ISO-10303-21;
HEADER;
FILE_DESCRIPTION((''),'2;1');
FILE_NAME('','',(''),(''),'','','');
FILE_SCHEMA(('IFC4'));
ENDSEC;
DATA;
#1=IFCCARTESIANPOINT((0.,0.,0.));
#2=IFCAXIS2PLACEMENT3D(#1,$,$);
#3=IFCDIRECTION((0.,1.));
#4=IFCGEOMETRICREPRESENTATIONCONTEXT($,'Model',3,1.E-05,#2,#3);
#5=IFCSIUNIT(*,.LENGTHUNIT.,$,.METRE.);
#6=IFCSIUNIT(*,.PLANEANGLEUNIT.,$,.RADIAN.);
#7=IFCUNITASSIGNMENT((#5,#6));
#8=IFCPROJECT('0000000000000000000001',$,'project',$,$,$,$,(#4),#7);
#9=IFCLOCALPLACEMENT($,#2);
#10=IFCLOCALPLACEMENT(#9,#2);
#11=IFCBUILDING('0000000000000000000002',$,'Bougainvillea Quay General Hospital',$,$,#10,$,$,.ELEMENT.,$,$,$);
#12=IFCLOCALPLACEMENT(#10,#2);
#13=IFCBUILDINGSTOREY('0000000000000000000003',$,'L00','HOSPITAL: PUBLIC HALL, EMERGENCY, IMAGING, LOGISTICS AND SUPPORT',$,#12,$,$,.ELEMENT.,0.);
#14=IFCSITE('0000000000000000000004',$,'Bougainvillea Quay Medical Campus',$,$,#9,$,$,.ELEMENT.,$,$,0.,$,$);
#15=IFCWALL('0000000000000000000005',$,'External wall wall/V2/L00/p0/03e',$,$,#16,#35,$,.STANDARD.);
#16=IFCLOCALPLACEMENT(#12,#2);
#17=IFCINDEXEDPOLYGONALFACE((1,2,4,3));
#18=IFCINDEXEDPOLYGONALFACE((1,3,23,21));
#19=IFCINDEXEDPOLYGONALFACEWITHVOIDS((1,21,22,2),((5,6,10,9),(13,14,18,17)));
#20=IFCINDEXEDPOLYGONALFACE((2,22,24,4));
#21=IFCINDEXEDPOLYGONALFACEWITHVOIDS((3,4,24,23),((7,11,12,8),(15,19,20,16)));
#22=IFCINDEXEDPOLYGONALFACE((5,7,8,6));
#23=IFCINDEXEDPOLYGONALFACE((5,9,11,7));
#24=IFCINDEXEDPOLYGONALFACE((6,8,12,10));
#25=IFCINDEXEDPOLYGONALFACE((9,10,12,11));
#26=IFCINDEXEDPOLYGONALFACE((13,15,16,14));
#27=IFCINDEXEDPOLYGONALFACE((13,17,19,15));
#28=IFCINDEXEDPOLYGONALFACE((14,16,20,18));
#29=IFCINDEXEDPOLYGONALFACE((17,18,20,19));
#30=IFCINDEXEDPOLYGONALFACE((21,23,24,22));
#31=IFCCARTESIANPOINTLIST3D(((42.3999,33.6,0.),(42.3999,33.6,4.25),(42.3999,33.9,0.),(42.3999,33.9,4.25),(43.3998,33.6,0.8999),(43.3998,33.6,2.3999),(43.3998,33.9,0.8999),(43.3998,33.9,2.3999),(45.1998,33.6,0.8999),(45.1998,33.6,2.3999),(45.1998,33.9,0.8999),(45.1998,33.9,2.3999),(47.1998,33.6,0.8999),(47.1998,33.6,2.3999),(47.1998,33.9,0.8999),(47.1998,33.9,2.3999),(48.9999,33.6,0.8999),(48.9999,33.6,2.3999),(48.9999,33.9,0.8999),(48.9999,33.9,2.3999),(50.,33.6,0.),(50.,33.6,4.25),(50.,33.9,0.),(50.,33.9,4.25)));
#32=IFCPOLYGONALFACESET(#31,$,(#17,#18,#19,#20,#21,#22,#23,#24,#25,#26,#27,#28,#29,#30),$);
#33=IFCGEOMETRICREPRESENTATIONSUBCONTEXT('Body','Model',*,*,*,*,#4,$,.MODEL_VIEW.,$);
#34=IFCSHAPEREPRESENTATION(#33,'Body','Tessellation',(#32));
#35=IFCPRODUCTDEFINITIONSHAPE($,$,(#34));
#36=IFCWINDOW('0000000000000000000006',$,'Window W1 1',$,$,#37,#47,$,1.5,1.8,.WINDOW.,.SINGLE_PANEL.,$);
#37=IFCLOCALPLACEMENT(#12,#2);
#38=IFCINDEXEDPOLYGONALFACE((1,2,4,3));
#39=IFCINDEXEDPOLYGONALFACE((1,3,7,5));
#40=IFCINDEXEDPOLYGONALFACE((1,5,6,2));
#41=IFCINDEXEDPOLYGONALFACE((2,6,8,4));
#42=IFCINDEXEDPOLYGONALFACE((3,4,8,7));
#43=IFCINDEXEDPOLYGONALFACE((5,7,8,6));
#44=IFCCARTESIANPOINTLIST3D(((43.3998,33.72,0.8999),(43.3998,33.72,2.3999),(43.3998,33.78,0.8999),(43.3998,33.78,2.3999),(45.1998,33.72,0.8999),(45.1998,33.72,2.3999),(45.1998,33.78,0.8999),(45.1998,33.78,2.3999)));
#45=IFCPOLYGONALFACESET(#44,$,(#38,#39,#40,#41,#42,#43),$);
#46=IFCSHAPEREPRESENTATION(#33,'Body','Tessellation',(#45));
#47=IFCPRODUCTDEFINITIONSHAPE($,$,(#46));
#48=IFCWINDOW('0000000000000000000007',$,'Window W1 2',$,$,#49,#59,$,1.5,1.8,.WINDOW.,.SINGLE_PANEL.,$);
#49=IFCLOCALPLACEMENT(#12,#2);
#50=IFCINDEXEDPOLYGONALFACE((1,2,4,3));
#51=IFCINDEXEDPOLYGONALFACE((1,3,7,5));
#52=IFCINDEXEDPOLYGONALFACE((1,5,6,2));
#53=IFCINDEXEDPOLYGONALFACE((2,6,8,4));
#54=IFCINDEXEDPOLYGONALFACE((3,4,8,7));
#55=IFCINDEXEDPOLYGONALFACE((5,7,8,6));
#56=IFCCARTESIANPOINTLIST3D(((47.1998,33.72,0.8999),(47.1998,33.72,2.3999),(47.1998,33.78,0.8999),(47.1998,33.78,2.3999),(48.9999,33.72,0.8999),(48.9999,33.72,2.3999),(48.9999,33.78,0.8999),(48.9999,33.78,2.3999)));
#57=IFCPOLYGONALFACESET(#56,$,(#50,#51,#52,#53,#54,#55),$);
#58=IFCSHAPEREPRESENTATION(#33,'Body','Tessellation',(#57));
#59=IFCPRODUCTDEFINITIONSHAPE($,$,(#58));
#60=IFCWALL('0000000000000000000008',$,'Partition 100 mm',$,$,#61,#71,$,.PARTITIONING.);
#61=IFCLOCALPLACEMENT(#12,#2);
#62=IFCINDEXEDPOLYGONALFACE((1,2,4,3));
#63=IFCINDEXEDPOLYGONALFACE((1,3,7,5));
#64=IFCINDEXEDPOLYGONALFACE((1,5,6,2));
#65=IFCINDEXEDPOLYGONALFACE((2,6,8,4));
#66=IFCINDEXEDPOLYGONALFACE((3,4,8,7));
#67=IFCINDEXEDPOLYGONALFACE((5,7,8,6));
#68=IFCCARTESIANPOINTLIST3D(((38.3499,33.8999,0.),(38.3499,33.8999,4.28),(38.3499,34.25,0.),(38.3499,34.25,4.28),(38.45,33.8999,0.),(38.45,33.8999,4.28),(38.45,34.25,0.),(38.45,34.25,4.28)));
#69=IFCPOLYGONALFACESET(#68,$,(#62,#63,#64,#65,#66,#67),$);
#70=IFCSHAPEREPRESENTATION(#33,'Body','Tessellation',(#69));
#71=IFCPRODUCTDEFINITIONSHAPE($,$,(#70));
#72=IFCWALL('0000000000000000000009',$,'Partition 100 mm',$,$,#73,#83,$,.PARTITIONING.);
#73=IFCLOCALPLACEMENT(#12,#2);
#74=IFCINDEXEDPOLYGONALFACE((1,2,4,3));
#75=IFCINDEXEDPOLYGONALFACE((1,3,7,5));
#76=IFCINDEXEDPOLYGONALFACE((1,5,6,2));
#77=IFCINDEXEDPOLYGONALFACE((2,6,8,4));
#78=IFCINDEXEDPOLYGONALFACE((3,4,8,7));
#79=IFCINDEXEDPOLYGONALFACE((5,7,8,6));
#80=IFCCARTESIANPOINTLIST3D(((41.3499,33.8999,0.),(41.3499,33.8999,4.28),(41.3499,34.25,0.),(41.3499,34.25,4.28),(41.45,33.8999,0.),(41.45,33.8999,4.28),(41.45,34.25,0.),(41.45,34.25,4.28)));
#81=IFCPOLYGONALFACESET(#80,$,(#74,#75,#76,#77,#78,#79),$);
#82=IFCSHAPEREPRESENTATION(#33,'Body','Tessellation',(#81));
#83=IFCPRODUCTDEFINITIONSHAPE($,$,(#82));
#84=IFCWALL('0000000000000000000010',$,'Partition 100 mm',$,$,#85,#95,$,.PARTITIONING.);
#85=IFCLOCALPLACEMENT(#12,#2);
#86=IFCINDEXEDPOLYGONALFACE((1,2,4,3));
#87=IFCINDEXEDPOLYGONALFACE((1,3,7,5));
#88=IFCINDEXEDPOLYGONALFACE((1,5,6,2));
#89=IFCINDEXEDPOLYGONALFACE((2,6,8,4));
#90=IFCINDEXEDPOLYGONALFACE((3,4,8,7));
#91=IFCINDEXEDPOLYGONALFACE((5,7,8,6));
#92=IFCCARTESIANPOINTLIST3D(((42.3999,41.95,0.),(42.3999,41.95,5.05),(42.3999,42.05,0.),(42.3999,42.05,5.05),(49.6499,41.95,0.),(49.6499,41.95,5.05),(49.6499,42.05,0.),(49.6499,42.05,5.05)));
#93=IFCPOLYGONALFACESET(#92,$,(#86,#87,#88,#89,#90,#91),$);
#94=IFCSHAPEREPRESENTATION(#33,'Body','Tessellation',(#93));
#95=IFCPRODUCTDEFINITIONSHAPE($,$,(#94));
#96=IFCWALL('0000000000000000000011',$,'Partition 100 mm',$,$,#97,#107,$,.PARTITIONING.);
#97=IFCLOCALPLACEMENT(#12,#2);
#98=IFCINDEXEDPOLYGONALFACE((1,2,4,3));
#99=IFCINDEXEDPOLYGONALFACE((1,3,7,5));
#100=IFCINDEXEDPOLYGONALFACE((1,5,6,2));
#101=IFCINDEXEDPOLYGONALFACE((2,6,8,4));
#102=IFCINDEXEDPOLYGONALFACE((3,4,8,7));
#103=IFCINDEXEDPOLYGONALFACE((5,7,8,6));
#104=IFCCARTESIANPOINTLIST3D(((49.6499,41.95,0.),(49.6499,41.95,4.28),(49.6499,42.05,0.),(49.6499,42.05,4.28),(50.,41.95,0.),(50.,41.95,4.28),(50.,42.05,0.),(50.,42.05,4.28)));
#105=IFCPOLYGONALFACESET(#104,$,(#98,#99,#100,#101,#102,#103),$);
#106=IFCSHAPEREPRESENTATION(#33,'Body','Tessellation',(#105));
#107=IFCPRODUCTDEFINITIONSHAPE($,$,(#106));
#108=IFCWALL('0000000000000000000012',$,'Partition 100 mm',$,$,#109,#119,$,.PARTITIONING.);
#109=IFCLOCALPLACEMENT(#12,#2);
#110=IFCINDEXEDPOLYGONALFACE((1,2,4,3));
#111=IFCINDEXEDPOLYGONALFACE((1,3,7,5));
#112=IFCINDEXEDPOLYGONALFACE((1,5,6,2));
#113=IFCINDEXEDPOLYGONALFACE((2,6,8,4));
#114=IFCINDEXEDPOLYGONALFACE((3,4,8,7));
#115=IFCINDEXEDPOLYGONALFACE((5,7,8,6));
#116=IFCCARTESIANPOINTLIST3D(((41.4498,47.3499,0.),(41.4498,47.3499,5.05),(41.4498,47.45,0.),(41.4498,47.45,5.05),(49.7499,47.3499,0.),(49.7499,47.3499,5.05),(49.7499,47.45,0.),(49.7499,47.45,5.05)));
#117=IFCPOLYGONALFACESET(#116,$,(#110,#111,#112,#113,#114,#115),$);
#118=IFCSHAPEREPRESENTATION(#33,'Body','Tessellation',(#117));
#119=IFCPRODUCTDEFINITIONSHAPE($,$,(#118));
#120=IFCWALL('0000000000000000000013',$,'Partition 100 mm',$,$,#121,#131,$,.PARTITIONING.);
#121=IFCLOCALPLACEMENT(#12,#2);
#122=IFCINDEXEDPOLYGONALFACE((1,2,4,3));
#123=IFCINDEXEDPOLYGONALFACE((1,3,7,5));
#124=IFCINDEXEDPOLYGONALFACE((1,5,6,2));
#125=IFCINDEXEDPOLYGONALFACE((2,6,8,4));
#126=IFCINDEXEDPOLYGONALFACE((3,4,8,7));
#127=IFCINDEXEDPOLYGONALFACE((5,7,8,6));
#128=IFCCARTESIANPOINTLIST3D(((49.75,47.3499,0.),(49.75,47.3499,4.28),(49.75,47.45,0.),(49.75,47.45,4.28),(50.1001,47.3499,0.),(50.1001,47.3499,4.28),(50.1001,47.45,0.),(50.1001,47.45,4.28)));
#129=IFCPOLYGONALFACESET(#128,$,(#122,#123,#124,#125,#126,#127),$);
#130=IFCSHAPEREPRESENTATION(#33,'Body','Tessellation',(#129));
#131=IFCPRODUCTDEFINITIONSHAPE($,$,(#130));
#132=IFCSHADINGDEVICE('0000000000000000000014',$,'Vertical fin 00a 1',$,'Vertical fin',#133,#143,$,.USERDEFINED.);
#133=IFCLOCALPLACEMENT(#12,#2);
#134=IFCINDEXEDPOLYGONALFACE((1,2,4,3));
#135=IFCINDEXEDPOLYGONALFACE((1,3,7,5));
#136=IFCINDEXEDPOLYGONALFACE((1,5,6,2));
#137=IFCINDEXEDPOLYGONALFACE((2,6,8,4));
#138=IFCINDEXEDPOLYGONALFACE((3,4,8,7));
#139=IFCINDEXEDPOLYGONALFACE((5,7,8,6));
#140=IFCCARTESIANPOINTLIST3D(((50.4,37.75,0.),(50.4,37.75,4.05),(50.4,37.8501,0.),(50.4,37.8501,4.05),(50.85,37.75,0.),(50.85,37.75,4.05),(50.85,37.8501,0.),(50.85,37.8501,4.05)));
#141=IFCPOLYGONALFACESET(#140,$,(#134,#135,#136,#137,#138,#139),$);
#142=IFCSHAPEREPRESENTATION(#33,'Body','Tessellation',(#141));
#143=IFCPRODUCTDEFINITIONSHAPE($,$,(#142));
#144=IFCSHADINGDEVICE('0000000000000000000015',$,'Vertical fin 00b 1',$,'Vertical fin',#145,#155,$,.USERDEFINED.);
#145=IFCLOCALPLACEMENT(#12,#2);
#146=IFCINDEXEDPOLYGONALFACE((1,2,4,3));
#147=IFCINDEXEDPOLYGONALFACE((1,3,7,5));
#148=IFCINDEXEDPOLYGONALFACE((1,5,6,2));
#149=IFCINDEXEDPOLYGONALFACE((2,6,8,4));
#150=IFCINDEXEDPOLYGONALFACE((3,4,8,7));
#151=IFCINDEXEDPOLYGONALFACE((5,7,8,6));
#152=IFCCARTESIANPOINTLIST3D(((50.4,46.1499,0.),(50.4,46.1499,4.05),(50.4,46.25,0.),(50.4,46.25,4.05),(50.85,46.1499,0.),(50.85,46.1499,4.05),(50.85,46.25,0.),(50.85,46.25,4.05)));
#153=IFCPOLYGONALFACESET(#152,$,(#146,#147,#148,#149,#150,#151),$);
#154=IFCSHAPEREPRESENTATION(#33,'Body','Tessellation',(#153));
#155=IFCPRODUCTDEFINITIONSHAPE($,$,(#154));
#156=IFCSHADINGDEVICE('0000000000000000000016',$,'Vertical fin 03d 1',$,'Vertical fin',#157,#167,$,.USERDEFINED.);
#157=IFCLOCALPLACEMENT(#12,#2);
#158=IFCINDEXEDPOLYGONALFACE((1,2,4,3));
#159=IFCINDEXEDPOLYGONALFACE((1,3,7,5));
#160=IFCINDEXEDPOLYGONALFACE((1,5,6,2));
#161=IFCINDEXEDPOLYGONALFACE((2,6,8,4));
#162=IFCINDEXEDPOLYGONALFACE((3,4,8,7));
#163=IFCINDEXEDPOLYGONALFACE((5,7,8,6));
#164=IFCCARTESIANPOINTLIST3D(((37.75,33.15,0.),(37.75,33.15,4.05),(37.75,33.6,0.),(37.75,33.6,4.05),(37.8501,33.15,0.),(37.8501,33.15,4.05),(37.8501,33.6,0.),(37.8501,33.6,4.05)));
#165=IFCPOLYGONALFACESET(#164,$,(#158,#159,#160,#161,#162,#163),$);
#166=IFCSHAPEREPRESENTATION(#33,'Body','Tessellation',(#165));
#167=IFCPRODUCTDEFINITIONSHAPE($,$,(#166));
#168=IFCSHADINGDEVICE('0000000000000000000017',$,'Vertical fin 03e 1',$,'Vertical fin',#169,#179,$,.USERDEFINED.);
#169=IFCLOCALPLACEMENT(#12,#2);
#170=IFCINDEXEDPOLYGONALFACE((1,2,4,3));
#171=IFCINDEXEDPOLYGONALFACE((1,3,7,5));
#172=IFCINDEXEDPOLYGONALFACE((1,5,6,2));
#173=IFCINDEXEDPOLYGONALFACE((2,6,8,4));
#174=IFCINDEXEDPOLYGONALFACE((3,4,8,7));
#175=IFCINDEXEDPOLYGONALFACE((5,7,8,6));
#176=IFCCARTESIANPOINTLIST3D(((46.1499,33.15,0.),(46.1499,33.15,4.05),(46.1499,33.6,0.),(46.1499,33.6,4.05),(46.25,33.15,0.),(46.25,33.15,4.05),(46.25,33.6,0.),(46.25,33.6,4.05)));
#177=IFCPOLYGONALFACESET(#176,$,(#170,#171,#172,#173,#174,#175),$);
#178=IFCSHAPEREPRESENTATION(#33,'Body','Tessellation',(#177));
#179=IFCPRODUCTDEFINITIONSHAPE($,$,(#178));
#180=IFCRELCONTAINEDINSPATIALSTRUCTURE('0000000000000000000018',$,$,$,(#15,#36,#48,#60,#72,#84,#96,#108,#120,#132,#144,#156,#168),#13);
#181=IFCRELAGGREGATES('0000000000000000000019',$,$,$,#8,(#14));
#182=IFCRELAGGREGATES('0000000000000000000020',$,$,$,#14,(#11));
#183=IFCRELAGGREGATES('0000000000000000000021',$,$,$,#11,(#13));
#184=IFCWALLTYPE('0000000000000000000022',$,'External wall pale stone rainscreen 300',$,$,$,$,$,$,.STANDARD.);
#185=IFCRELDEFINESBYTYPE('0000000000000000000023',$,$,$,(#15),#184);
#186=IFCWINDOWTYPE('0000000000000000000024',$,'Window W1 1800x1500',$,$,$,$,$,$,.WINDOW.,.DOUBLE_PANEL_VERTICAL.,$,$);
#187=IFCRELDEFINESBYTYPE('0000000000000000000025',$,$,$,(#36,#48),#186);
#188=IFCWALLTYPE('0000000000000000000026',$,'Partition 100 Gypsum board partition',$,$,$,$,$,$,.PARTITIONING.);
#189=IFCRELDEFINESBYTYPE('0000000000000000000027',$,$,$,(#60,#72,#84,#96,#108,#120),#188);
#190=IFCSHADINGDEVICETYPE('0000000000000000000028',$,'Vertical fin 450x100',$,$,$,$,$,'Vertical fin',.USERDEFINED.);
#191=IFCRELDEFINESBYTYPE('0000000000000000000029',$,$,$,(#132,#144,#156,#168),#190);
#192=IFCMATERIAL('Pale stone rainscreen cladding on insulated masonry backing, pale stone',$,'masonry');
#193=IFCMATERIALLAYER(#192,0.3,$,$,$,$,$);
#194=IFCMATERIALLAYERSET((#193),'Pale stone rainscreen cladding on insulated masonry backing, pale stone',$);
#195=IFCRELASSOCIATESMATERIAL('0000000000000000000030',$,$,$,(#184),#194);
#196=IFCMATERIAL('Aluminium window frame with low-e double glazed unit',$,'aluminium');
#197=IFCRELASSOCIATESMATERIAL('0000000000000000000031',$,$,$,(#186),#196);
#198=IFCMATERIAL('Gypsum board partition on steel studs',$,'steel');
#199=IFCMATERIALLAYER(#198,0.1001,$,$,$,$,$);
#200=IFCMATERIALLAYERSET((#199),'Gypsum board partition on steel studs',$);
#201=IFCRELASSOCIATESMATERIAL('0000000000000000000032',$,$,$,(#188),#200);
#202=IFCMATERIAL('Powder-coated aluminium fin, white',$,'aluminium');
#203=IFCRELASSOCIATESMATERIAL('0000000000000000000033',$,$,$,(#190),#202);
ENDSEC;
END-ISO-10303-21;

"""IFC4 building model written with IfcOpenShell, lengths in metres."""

from ifc_helpers import new_model, si_unit, direction, frame, frame_2d, origin, origin_2d, place, context, subcontext, project, spatial, rectangle, extrude, material, layer, layer_set, material_profile, profile_set, type_object, element, fill, save


model = new_model("IFC4")

# Units and contexts
model_context = context("Model", 3, precision=1e-05, world=origin(), true_north=direction((0.0, 1.0)))
body_context = subcontext(model_context, "Body", "Model", "MODEL_VIEW")
ifc_project = project(units=[si_unit("LENGTHUNIT", "METRE"), si_unit("PLANEANGLEUNIT", "RADIAN")], contexts=[model_context])

# Site, building, storey
site_placement = place(None, origin())
site = spatial("IfcSite", under=ifc_project, at=site_placement, Name="Bougainvillea Quay Medical Campus", CompositionType="ELEMENT", RefElevation=0.0)
building_placement = place(site_placement, origin())
building = spatial("IfcBuilding", under=site, at=building_placement, Name="Bougainvillea Quay General Hospital", CompositionType="ELEMENT")
storey_placement = place(building_placement, origin())
storey = spatial("IfcBuildingStorey", under=building, at=storey_placement, Name="L00", Description="HOSPITAL: PUBLIC HALL, EMERGENCY, IMAGING, LOGISTICS AND SUPPORT", CompositionType="ELEMENT", Elevation=0.0)

# Wall, openings, windows
ifc_material_1 = material(Name="Pale stone rainscreen cladding on insulated masonry backing, pale stone", Category="masonry")
ifc_layer_1 = layer(ifc_material_1, 0.3)
ifc_layer_set_1 = layer_set([ifc_layer_1], Name="Pale stone rainscreen cladding on insulated masonry backing, pale stone")
wall_type_1 = type_object("IfcWallType", Name="External wall pale stone rainscreen 300", PredefinedType="STANDARD", material=ifc_layer_set_1)
ifc_material_2 = material(Name="Aluminium window frame with low-e double glazed unit", Category="aluminium")
window_type = type_object("IfcWindowType", Name="Window W1 1800x1500", PartitioningType="DOUBLE_PANEL_VERTICAL", PredefinedType="WINDOW", material=ifc_material_2)
wall_1_placement = place(storey_placement, frame((42.3999, 33.75, 0.0), z_axis=(0.0, 0.0, 1.0), x_axis=(1.0, 0.0, 0.0)))
wall_1 = element("IfcWall", 1, at=wall_1_placement, inside=storey, type_object=wall_type_1, Name="External wall wall/V2/L00/p0/03e", PredefinedType="STANDARD", context=body_context, shape_type="SweptSolid", body=[
    extrude(rectangle(XDim=7.6001, YDim=0.3, at=frame_2d((3.8, 0.0))), origin(), (0.0, 0.0, 1.0), 4.25),
])
opening_1_placement = place(wall_1_placement, frame((1.0, 0.0, 0.8999)))
opening_1 = element("IfcOpeningElement", 2, at=opening_1_placement, cuts=wall_1, PredefinedType="OPENING", context=body_context, shape_type="SweptSolid", body=[
    extrude(rectangle(XDim=1.8, YDim=1.5, at=frame_2d((0.8999, 0.75))), frame((0.0, 0.1599, 0.0), z_axis=(0.0, -1.0, 0.0), x_axis=(1.0, 0.0, 0.0)), (0.0, 0.0, 1.0), 0.3201),
])
opening_2_placement = place(wall_1_placement, frame((4.8, 0.0, 0.8999)))
opening_2 = element("IfcOpeningElement", 3, at=opening_2_placement, cuts=wall_1, PredefinedType="OPENING", context=body_context, shape_type="SweptSolid", body=[
    extrude(rectangle(XDim=1.8, YDim=1.5, at=frame_2d((0.8999, 0.75))), frame((0.0, 0.1599, 0.0), z_axis=(0.0, -1.0, 0.0), x_axis=(1.0, 0.0, 0.0)), (0.0, 0.0, 1.0), 0.3201),
])
window_1_placement = place(opening_1_placement, origin())
window_1 = element("IfcWindow", 4, at=window_1_placement, inside=storey, type_object=window_type, Name="Window W1 1", OverallHeight=1.5, OverallWidth=1.8, PartitioningType="SINGLE_PANEL", PredefinedType="WINDOW", context=body_context, shape_type="SweptSolid", body=[
    extrude(rectangle(XDim=1.8, YDim=1.5, at=frame_2d((0.8999, 0.75))), frame((0.0, 0.03, 0.0), z_axis=(0.0, -1.0, 0.0), x_axis=(1.0, 0.0, 0.0)), (0.0, 0.0, 1.0), 0.0601),
])
fill(opening_1, window_1)
window_2_placement = place(opening_2_placement, origin())
window_2 = element("IfcWindow", 5, at=window_2_placement, inside=storey, type_object=window_type, Name="Window W1 2", OverallHeight=1.5, OverallWidth=1.8, PartitioningType="SINGLE_PANEL", PredefinedType="WINDOW", context=body_context, shape_type="SweptSolid", body=[
    extrude(rectangle(XDim=1.8, YDim=1.5, at=frame_2d((0.8999, 0.75))), frame((0.0, 0.03, 0.0), z_axis=(0.0, -1.0, 0.0), x_axis=(1.0, 0.0, 0.0)), (0.0, 0.0, 1.0), 0.0601),
])
fill(opening_2, window_2)

# Walls
ifc_material_3 = material(Name="Gypsum board partition on steel studs", Category="steel")
ifc_layer_2 = layer(ifc_material_3, 0.1001)
ifc_layer_set_2 = layer_set([ifc_layer_2], Name="Gypsum board partition on steel studs")
wall_type_2 = type_object("IfcWallType", Name="Partition 100 Gypsum board partition", PredefinedType="PARTITIONING", material=ifc_layer_set_2)
for number, where, z_axis, x_axis, name in (
    (6, (38.3999, 34.25, 0.0), (0.0, 0.0, 1.0), (0.0, -1.0, 0.0), "Partition 100 mm"),
    (7, (41.3999, 34.25, 0.0), (0.0, 0.0, 1.0), (0.0, -1.0, 0.0), "Partition 100 mm"),
):
    element("IfcWall", number, at=place(storey_placement, frame(where, z_axis=z_axis, x_axis=x_axis)), inside=storey, type_object=wall_type_2, Name=name, PredefinedType="PARTITIONING", context=body_context, shape_type="SweptSolid", body=[
        extrude(rectangle(XDim=0.3501, YDim=0.1001, at=frame_2d((0.175, 0.0))), origin(), (0.0, 0.0, 1.0), 4.28),
    ])
wall_2_placement = place(storey_placement, frame((42.3999, 42.0, 0.0), z_axis=(0.0, 0.0, 1.0), x_axis=(1.0, 0.0, 0.0)))
element("IfcWall", 8, at=wall_2_placement, inside=storey, type_object=wall_type_2, Name="Partition 100 mm", PredefinedType="PARTITIONING", context=body_context, shape_type="SweptSolid", body=[
    extrude(rectangle(XDim=7.25, YDim=0.1001, at=frame_2d((3.625, 0.0))), origin(), (0.0, 0.0, 1.0), 5.05),
])
wall_3_placement = place(storey_placement, frame((49.6499, 42.0, 0.0), z_axis=(0.0, 0.0, 1.0), x_axis=(1.0, 0.0, 0.0)))
element("IfcWall", 9, at=wall_3_placement, inside=storey, type_object=wall_type_2, Name="Partition 100 mm", PredefinedType="PARTITIONING", context=body_context, shape_type="SweptSolid", body=[
    extrude(rectangle(XDim=0.3501, YDim=0.1001, at=frame_2d((0.175, 0.0))), origin(), (0.0, 0.0, 1.0), 4.28),
])
wall_4_placement = place(storey_placement, frame((41.45, 47.3999, 0.0), z_axis=(0.0, 0.0, 1.0), x_axis=(1.0, 0.0, 0.0)))
element("IfcWall", 10, at=wall_4_placement, inside=storey, type_object=wall_type_2, Name="Partition 100 mm", PredefinedType="PARTITIONING", context=body_context, shape_type="SweptSolid", body=[
    extrude(rectangle(XDim=8.3, YDim=0.1001, at=frame_2d((4.1499, 0.0))), origin(), (0.0, 0.0, 1.0), 5.05),
])
wall_5_placement = place(storey_placement, frame((49.75, 47.3999, 0.0), z_axis=(0.0, 0.0, 1.0), x_axis=(1.0, 0.0, 0.0)))
element("IfcWall", 11, at=wall_5_placement, inside=storey, type_object=wall_type_2, Name="Partition 100 mm", PredefinedType="PARTITIONING", context=body_context, shape_type="SweptSolid", body=[
    extrude(rectangle(XDim=0.3501, YDim=0.1001, at=frame_2d((0.175, 0.0))), origin(), (0.0, 0.0, 1.0), 4.28),
])

# Shading devices
ifc_material_4 = material(Name="Powder-coated aluminium fin, white", Category="aluminium")
ifc_material_profile_1 = material_profile(ifc_material_4, rectangle(XDim=0.45, YDim=0.1001, at=origin_2d()))
ifc_profile_set_1 = profile_set([ifc_material_profile_1], Name="Powder-coated aluminium fin, white")
shading_device_type = type_object("IfcShadingDeviceType", Name="Vertical fin 450x100", ElementType="Vertical fin", PredefinedType="USERDEFINED", material=ifc_profile_set_1)
for number, where, z_axis, x_axis, name in (
    (12, (50.625, 37.8, 0.0), (0.0, 0.0, 1.0), (1.0, 0.0, 0.0), "Vertical fin 00a 1"),
    (13, (50.625, 46.2, 0.0), (0.0, 0.0, 1.0), (1.0, 0.0, 0.0), "Vertical fin 00b 1"),
    (14, (37.8, 33.375, 0.0), (0.0, 0.0, 1.0), (0.0, -1.0, 0.0), "Vertical fin 03d 1"),
    (15, (46.2, 33.375, 0.0), (0.0, 0.0, 1.0), (0.0, -1.0, 0.0), "Vertical fin 03e 1"),
):
    element("IfcShadingDevice", number, at=place(storey_placement, frame(where, z_axis=z_axis, x_axis=x_axis)), inside=storey, type_object=shading_device_type, Name=name, ObjectType="Vertical fin", PredefinedType="USERDEFINED", context=body_context, shape_type="SweptSolid", body=[
        extrude(rectangle(XDim=0.45, YDim=0.1001, at=origin_2d()), origin(), (0.0, 0.0, 1.0), 4.05),
    ])

save(model, "model.ifc")
